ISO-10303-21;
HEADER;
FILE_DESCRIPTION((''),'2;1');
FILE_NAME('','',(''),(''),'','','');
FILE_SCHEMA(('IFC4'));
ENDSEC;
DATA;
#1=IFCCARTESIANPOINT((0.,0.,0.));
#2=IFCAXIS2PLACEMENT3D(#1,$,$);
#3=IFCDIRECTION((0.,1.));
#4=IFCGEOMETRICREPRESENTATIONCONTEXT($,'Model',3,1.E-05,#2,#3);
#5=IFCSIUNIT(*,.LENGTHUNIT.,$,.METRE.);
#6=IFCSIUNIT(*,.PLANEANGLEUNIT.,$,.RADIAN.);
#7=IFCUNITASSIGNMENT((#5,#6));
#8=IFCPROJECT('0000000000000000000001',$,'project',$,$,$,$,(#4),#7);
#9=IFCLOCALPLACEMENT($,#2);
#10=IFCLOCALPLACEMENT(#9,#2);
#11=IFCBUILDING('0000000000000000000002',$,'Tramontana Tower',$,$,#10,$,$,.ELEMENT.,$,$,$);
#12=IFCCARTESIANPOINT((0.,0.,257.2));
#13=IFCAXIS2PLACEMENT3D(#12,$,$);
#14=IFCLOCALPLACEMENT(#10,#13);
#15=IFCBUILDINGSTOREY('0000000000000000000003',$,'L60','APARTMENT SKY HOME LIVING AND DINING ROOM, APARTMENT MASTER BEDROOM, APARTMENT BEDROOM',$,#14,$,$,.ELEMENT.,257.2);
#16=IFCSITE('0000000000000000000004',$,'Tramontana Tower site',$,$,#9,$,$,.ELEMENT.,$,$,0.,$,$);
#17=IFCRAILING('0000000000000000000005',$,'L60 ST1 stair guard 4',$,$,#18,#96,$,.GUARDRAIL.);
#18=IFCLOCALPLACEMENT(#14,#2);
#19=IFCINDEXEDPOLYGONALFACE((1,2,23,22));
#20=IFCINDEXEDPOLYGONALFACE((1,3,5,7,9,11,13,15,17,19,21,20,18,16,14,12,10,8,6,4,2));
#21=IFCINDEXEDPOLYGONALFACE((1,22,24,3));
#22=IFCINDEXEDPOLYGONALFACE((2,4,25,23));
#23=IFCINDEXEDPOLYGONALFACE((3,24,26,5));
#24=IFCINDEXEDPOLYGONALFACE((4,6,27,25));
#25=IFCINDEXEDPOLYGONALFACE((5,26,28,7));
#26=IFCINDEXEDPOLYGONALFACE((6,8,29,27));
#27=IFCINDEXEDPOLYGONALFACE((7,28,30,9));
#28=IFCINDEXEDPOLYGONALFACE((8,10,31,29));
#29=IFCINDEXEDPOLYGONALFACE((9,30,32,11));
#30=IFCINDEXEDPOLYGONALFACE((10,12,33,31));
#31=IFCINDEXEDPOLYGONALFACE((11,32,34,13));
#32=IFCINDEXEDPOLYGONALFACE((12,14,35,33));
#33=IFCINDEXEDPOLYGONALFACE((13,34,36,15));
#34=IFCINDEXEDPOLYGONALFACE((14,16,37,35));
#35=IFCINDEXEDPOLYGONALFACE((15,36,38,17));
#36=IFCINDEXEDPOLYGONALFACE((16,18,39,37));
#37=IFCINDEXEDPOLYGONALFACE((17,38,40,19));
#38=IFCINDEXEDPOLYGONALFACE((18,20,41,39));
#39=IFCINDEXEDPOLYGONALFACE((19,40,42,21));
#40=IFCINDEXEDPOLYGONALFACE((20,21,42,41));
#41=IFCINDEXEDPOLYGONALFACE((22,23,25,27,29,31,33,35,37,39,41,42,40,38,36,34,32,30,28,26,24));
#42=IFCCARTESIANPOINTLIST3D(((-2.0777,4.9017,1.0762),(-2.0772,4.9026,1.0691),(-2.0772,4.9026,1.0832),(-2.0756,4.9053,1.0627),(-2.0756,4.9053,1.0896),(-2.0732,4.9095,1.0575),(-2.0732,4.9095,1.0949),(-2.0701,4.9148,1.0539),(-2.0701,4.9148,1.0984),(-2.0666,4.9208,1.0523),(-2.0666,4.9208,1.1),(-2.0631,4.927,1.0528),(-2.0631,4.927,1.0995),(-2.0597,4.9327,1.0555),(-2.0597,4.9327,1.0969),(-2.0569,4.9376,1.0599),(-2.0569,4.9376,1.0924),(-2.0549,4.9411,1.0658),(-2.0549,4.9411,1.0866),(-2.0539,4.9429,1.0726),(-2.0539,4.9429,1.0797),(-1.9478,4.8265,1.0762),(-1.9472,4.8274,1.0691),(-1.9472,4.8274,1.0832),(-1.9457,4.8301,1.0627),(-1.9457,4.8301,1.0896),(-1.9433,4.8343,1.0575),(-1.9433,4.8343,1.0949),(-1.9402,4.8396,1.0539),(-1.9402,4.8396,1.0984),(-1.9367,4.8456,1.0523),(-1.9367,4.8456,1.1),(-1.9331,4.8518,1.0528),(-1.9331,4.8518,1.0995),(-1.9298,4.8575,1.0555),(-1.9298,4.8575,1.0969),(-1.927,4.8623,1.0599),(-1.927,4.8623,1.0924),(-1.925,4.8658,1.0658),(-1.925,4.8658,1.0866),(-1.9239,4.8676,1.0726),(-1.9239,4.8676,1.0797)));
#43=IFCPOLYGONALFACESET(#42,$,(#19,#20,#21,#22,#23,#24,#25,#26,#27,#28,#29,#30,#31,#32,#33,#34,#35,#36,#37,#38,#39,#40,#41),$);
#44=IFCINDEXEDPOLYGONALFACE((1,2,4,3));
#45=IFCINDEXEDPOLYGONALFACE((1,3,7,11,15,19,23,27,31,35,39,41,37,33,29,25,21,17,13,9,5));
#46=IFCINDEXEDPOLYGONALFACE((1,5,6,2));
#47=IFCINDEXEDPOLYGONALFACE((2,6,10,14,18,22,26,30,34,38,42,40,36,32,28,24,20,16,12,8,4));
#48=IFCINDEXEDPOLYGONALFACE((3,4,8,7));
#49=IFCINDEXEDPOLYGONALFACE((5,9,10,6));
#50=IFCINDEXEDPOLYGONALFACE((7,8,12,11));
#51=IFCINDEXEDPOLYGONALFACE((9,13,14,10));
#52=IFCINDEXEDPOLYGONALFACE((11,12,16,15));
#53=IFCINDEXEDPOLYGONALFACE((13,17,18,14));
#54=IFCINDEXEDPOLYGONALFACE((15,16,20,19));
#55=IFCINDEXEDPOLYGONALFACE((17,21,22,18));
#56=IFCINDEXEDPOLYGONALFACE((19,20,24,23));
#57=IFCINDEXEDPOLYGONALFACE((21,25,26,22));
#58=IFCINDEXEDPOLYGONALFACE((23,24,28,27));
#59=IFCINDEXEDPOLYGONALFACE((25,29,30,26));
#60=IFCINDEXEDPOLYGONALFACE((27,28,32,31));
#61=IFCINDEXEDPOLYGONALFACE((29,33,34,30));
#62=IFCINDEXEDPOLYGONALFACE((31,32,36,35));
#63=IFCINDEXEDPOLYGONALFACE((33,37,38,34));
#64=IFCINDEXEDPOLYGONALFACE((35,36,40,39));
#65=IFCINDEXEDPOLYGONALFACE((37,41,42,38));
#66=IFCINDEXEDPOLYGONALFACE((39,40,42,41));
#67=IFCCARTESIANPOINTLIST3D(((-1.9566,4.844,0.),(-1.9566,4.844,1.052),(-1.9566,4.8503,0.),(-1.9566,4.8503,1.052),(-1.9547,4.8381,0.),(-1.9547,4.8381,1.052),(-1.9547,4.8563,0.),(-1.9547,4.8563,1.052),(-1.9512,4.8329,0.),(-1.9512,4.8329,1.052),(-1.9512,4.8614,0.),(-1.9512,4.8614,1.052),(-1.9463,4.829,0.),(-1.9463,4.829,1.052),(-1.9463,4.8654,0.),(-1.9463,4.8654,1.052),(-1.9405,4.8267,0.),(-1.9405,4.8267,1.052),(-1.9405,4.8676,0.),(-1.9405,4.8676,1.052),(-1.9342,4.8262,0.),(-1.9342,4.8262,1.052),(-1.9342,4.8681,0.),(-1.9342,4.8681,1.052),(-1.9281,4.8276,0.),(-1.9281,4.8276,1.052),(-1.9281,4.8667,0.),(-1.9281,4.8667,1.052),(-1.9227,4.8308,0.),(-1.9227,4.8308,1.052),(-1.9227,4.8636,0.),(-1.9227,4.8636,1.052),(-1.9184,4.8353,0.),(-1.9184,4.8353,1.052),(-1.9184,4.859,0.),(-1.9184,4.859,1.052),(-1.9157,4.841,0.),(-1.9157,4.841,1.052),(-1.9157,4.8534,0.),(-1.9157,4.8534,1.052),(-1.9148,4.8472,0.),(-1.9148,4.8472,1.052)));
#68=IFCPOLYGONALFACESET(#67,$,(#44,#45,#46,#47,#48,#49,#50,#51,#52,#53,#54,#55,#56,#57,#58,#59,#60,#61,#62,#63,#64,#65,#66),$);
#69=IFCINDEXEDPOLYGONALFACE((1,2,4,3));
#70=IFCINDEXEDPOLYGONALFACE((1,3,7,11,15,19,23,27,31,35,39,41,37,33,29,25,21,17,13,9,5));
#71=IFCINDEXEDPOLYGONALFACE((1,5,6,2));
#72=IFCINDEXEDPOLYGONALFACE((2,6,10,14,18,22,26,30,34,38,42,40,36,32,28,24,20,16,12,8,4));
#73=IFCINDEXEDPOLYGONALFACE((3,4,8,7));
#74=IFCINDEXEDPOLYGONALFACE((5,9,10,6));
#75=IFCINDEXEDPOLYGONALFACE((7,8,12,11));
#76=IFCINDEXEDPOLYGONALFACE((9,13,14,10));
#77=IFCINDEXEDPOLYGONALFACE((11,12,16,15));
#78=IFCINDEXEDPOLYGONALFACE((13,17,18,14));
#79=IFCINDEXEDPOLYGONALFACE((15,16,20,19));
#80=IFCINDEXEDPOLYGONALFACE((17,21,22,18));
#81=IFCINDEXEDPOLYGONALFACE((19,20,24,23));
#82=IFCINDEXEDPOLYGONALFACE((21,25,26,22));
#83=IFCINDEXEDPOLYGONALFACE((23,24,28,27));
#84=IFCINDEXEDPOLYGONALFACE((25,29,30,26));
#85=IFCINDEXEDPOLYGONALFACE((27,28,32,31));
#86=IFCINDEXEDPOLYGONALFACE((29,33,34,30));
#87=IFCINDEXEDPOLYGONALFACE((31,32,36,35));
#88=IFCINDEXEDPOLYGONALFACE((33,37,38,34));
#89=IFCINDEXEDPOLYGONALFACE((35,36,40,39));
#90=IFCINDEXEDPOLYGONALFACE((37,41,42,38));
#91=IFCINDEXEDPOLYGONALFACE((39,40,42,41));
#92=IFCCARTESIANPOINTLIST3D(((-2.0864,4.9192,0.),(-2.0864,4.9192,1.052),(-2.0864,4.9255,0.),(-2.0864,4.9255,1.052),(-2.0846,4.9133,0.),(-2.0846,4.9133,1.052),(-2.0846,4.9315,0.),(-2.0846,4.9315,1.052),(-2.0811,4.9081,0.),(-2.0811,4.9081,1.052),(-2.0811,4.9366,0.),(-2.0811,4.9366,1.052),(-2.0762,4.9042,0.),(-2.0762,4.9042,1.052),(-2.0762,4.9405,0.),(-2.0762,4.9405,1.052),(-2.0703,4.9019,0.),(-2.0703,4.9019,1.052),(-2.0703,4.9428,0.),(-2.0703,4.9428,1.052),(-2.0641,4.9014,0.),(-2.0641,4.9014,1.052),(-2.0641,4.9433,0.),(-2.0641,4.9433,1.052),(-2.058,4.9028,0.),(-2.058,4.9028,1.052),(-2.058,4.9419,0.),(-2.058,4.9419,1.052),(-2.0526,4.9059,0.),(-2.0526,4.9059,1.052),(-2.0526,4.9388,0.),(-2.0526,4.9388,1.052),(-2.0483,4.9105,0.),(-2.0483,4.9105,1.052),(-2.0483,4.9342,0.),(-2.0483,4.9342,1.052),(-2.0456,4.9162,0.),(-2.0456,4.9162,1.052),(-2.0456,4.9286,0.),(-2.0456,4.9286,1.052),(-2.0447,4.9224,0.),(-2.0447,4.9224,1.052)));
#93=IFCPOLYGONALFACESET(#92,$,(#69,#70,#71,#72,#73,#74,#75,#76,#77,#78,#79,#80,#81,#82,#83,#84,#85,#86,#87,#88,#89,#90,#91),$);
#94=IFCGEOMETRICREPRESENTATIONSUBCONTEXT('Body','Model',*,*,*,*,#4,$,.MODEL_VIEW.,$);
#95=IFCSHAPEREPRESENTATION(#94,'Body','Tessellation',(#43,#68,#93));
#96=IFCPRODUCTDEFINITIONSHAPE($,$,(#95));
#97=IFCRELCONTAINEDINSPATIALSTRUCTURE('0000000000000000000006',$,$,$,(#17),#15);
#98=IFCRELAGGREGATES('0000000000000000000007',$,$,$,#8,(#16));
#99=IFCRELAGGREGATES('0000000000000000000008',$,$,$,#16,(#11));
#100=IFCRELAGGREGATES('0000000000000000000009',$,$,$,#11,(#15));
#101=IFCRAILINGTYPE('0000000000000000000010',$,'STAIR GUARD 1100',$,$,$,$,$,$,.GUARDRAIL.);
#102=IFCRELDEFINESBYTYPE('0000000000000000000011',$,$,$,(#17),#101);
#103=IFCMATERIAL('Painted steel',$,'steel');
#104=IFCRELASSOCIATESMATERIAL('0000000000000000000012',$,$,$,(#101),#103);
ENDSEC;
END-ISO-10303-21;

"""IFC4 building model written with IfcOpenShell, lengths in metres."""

from ifc_helpers import new_model, si_unit, direction, frame, origin, origin_2d, place, context, subcontext, project, spatial, circle, extrude, material, type_object, element, save


model = new_model("IFC4")

# Units and contexts
model_context = context("Model", 3, precision=1e-05, world=origin(), true_north=direction((0.0, 1.0)))
body_context = subcontext(model_context, "Body", "Model", "MODEL_VIEW")
ifc_project = project(units=[si_unit("LENGTHUNIT", "METRE"), si_unit("PLANEANGLEUNIT", "RADIAN")], contexts=[model_context])

# Site, building, storey
site_placement = place(None, origin())
site = spatial("IfcSite", under=ifc_project, at=site_placement, Name="Tramontana Tower site", CompositionType="ELEMENT", RefElevation=0.0)
building_placement = place(site_placement, origin())
building = spatial("IfcBuilding", under=site, at=building_placement, Name="Tramontana Tower", CompositionType="ELEMENT")
storey_placement = place(building_placement, frame((0.0, 0.0, 257.2)))
storey = spatial("IfcBuildingStorey", under=building, at=storey_placement, Name="L60", Description="APARTMENT SKY HOME LIVING AND DINING ROOM, APARTMENT MASTER BEDROOM, APARTMENT BEDROOM", CompositionType="ELEMENT", Elevation=257.2)

# Railing
ifc_material_1 = material(Name="Painted steel", Category="steel")
railing_type_1 = type_object("IfcRailingType", Name="STAIR GUARD 1100", PredefinedType="GUARDRAIL", material=ifc_material_1)
railing_1_placement = place(storey_placement, frame((-1.9358, 4.8472, 0.0)))
element("IfcRailing", 1, at=railing_1_placement, inside=storey, type_object=railing_type_1, Name="L60 ST1 stair guard 4", PredefinedType="GUARDRAIL", context=body_context, shape_type="SweptSolid", body=[
    extrude(circle(Radius=0.0239, at=origin_2d()), frame((0.0, 0.0, 1.0762), z_axis=(-0.865426, 0.501036, 0.0), x_axis=(-0.501036, -0.865426, 0.0)), (0.0, 0.0, 1.0), 0.1501),
    extrude(circle(Radius=0.021, at=origin_2d()), origin(), (0.0, 0.0, 1.0), 1.052),
    extrude(circle(Radius=0.021, at=origin_2d()), frame((-0.1299, 0.0752, 0.0)), (0.0, 0.0, 1.0), 1.052),
])

save(model, "model.ifc")
